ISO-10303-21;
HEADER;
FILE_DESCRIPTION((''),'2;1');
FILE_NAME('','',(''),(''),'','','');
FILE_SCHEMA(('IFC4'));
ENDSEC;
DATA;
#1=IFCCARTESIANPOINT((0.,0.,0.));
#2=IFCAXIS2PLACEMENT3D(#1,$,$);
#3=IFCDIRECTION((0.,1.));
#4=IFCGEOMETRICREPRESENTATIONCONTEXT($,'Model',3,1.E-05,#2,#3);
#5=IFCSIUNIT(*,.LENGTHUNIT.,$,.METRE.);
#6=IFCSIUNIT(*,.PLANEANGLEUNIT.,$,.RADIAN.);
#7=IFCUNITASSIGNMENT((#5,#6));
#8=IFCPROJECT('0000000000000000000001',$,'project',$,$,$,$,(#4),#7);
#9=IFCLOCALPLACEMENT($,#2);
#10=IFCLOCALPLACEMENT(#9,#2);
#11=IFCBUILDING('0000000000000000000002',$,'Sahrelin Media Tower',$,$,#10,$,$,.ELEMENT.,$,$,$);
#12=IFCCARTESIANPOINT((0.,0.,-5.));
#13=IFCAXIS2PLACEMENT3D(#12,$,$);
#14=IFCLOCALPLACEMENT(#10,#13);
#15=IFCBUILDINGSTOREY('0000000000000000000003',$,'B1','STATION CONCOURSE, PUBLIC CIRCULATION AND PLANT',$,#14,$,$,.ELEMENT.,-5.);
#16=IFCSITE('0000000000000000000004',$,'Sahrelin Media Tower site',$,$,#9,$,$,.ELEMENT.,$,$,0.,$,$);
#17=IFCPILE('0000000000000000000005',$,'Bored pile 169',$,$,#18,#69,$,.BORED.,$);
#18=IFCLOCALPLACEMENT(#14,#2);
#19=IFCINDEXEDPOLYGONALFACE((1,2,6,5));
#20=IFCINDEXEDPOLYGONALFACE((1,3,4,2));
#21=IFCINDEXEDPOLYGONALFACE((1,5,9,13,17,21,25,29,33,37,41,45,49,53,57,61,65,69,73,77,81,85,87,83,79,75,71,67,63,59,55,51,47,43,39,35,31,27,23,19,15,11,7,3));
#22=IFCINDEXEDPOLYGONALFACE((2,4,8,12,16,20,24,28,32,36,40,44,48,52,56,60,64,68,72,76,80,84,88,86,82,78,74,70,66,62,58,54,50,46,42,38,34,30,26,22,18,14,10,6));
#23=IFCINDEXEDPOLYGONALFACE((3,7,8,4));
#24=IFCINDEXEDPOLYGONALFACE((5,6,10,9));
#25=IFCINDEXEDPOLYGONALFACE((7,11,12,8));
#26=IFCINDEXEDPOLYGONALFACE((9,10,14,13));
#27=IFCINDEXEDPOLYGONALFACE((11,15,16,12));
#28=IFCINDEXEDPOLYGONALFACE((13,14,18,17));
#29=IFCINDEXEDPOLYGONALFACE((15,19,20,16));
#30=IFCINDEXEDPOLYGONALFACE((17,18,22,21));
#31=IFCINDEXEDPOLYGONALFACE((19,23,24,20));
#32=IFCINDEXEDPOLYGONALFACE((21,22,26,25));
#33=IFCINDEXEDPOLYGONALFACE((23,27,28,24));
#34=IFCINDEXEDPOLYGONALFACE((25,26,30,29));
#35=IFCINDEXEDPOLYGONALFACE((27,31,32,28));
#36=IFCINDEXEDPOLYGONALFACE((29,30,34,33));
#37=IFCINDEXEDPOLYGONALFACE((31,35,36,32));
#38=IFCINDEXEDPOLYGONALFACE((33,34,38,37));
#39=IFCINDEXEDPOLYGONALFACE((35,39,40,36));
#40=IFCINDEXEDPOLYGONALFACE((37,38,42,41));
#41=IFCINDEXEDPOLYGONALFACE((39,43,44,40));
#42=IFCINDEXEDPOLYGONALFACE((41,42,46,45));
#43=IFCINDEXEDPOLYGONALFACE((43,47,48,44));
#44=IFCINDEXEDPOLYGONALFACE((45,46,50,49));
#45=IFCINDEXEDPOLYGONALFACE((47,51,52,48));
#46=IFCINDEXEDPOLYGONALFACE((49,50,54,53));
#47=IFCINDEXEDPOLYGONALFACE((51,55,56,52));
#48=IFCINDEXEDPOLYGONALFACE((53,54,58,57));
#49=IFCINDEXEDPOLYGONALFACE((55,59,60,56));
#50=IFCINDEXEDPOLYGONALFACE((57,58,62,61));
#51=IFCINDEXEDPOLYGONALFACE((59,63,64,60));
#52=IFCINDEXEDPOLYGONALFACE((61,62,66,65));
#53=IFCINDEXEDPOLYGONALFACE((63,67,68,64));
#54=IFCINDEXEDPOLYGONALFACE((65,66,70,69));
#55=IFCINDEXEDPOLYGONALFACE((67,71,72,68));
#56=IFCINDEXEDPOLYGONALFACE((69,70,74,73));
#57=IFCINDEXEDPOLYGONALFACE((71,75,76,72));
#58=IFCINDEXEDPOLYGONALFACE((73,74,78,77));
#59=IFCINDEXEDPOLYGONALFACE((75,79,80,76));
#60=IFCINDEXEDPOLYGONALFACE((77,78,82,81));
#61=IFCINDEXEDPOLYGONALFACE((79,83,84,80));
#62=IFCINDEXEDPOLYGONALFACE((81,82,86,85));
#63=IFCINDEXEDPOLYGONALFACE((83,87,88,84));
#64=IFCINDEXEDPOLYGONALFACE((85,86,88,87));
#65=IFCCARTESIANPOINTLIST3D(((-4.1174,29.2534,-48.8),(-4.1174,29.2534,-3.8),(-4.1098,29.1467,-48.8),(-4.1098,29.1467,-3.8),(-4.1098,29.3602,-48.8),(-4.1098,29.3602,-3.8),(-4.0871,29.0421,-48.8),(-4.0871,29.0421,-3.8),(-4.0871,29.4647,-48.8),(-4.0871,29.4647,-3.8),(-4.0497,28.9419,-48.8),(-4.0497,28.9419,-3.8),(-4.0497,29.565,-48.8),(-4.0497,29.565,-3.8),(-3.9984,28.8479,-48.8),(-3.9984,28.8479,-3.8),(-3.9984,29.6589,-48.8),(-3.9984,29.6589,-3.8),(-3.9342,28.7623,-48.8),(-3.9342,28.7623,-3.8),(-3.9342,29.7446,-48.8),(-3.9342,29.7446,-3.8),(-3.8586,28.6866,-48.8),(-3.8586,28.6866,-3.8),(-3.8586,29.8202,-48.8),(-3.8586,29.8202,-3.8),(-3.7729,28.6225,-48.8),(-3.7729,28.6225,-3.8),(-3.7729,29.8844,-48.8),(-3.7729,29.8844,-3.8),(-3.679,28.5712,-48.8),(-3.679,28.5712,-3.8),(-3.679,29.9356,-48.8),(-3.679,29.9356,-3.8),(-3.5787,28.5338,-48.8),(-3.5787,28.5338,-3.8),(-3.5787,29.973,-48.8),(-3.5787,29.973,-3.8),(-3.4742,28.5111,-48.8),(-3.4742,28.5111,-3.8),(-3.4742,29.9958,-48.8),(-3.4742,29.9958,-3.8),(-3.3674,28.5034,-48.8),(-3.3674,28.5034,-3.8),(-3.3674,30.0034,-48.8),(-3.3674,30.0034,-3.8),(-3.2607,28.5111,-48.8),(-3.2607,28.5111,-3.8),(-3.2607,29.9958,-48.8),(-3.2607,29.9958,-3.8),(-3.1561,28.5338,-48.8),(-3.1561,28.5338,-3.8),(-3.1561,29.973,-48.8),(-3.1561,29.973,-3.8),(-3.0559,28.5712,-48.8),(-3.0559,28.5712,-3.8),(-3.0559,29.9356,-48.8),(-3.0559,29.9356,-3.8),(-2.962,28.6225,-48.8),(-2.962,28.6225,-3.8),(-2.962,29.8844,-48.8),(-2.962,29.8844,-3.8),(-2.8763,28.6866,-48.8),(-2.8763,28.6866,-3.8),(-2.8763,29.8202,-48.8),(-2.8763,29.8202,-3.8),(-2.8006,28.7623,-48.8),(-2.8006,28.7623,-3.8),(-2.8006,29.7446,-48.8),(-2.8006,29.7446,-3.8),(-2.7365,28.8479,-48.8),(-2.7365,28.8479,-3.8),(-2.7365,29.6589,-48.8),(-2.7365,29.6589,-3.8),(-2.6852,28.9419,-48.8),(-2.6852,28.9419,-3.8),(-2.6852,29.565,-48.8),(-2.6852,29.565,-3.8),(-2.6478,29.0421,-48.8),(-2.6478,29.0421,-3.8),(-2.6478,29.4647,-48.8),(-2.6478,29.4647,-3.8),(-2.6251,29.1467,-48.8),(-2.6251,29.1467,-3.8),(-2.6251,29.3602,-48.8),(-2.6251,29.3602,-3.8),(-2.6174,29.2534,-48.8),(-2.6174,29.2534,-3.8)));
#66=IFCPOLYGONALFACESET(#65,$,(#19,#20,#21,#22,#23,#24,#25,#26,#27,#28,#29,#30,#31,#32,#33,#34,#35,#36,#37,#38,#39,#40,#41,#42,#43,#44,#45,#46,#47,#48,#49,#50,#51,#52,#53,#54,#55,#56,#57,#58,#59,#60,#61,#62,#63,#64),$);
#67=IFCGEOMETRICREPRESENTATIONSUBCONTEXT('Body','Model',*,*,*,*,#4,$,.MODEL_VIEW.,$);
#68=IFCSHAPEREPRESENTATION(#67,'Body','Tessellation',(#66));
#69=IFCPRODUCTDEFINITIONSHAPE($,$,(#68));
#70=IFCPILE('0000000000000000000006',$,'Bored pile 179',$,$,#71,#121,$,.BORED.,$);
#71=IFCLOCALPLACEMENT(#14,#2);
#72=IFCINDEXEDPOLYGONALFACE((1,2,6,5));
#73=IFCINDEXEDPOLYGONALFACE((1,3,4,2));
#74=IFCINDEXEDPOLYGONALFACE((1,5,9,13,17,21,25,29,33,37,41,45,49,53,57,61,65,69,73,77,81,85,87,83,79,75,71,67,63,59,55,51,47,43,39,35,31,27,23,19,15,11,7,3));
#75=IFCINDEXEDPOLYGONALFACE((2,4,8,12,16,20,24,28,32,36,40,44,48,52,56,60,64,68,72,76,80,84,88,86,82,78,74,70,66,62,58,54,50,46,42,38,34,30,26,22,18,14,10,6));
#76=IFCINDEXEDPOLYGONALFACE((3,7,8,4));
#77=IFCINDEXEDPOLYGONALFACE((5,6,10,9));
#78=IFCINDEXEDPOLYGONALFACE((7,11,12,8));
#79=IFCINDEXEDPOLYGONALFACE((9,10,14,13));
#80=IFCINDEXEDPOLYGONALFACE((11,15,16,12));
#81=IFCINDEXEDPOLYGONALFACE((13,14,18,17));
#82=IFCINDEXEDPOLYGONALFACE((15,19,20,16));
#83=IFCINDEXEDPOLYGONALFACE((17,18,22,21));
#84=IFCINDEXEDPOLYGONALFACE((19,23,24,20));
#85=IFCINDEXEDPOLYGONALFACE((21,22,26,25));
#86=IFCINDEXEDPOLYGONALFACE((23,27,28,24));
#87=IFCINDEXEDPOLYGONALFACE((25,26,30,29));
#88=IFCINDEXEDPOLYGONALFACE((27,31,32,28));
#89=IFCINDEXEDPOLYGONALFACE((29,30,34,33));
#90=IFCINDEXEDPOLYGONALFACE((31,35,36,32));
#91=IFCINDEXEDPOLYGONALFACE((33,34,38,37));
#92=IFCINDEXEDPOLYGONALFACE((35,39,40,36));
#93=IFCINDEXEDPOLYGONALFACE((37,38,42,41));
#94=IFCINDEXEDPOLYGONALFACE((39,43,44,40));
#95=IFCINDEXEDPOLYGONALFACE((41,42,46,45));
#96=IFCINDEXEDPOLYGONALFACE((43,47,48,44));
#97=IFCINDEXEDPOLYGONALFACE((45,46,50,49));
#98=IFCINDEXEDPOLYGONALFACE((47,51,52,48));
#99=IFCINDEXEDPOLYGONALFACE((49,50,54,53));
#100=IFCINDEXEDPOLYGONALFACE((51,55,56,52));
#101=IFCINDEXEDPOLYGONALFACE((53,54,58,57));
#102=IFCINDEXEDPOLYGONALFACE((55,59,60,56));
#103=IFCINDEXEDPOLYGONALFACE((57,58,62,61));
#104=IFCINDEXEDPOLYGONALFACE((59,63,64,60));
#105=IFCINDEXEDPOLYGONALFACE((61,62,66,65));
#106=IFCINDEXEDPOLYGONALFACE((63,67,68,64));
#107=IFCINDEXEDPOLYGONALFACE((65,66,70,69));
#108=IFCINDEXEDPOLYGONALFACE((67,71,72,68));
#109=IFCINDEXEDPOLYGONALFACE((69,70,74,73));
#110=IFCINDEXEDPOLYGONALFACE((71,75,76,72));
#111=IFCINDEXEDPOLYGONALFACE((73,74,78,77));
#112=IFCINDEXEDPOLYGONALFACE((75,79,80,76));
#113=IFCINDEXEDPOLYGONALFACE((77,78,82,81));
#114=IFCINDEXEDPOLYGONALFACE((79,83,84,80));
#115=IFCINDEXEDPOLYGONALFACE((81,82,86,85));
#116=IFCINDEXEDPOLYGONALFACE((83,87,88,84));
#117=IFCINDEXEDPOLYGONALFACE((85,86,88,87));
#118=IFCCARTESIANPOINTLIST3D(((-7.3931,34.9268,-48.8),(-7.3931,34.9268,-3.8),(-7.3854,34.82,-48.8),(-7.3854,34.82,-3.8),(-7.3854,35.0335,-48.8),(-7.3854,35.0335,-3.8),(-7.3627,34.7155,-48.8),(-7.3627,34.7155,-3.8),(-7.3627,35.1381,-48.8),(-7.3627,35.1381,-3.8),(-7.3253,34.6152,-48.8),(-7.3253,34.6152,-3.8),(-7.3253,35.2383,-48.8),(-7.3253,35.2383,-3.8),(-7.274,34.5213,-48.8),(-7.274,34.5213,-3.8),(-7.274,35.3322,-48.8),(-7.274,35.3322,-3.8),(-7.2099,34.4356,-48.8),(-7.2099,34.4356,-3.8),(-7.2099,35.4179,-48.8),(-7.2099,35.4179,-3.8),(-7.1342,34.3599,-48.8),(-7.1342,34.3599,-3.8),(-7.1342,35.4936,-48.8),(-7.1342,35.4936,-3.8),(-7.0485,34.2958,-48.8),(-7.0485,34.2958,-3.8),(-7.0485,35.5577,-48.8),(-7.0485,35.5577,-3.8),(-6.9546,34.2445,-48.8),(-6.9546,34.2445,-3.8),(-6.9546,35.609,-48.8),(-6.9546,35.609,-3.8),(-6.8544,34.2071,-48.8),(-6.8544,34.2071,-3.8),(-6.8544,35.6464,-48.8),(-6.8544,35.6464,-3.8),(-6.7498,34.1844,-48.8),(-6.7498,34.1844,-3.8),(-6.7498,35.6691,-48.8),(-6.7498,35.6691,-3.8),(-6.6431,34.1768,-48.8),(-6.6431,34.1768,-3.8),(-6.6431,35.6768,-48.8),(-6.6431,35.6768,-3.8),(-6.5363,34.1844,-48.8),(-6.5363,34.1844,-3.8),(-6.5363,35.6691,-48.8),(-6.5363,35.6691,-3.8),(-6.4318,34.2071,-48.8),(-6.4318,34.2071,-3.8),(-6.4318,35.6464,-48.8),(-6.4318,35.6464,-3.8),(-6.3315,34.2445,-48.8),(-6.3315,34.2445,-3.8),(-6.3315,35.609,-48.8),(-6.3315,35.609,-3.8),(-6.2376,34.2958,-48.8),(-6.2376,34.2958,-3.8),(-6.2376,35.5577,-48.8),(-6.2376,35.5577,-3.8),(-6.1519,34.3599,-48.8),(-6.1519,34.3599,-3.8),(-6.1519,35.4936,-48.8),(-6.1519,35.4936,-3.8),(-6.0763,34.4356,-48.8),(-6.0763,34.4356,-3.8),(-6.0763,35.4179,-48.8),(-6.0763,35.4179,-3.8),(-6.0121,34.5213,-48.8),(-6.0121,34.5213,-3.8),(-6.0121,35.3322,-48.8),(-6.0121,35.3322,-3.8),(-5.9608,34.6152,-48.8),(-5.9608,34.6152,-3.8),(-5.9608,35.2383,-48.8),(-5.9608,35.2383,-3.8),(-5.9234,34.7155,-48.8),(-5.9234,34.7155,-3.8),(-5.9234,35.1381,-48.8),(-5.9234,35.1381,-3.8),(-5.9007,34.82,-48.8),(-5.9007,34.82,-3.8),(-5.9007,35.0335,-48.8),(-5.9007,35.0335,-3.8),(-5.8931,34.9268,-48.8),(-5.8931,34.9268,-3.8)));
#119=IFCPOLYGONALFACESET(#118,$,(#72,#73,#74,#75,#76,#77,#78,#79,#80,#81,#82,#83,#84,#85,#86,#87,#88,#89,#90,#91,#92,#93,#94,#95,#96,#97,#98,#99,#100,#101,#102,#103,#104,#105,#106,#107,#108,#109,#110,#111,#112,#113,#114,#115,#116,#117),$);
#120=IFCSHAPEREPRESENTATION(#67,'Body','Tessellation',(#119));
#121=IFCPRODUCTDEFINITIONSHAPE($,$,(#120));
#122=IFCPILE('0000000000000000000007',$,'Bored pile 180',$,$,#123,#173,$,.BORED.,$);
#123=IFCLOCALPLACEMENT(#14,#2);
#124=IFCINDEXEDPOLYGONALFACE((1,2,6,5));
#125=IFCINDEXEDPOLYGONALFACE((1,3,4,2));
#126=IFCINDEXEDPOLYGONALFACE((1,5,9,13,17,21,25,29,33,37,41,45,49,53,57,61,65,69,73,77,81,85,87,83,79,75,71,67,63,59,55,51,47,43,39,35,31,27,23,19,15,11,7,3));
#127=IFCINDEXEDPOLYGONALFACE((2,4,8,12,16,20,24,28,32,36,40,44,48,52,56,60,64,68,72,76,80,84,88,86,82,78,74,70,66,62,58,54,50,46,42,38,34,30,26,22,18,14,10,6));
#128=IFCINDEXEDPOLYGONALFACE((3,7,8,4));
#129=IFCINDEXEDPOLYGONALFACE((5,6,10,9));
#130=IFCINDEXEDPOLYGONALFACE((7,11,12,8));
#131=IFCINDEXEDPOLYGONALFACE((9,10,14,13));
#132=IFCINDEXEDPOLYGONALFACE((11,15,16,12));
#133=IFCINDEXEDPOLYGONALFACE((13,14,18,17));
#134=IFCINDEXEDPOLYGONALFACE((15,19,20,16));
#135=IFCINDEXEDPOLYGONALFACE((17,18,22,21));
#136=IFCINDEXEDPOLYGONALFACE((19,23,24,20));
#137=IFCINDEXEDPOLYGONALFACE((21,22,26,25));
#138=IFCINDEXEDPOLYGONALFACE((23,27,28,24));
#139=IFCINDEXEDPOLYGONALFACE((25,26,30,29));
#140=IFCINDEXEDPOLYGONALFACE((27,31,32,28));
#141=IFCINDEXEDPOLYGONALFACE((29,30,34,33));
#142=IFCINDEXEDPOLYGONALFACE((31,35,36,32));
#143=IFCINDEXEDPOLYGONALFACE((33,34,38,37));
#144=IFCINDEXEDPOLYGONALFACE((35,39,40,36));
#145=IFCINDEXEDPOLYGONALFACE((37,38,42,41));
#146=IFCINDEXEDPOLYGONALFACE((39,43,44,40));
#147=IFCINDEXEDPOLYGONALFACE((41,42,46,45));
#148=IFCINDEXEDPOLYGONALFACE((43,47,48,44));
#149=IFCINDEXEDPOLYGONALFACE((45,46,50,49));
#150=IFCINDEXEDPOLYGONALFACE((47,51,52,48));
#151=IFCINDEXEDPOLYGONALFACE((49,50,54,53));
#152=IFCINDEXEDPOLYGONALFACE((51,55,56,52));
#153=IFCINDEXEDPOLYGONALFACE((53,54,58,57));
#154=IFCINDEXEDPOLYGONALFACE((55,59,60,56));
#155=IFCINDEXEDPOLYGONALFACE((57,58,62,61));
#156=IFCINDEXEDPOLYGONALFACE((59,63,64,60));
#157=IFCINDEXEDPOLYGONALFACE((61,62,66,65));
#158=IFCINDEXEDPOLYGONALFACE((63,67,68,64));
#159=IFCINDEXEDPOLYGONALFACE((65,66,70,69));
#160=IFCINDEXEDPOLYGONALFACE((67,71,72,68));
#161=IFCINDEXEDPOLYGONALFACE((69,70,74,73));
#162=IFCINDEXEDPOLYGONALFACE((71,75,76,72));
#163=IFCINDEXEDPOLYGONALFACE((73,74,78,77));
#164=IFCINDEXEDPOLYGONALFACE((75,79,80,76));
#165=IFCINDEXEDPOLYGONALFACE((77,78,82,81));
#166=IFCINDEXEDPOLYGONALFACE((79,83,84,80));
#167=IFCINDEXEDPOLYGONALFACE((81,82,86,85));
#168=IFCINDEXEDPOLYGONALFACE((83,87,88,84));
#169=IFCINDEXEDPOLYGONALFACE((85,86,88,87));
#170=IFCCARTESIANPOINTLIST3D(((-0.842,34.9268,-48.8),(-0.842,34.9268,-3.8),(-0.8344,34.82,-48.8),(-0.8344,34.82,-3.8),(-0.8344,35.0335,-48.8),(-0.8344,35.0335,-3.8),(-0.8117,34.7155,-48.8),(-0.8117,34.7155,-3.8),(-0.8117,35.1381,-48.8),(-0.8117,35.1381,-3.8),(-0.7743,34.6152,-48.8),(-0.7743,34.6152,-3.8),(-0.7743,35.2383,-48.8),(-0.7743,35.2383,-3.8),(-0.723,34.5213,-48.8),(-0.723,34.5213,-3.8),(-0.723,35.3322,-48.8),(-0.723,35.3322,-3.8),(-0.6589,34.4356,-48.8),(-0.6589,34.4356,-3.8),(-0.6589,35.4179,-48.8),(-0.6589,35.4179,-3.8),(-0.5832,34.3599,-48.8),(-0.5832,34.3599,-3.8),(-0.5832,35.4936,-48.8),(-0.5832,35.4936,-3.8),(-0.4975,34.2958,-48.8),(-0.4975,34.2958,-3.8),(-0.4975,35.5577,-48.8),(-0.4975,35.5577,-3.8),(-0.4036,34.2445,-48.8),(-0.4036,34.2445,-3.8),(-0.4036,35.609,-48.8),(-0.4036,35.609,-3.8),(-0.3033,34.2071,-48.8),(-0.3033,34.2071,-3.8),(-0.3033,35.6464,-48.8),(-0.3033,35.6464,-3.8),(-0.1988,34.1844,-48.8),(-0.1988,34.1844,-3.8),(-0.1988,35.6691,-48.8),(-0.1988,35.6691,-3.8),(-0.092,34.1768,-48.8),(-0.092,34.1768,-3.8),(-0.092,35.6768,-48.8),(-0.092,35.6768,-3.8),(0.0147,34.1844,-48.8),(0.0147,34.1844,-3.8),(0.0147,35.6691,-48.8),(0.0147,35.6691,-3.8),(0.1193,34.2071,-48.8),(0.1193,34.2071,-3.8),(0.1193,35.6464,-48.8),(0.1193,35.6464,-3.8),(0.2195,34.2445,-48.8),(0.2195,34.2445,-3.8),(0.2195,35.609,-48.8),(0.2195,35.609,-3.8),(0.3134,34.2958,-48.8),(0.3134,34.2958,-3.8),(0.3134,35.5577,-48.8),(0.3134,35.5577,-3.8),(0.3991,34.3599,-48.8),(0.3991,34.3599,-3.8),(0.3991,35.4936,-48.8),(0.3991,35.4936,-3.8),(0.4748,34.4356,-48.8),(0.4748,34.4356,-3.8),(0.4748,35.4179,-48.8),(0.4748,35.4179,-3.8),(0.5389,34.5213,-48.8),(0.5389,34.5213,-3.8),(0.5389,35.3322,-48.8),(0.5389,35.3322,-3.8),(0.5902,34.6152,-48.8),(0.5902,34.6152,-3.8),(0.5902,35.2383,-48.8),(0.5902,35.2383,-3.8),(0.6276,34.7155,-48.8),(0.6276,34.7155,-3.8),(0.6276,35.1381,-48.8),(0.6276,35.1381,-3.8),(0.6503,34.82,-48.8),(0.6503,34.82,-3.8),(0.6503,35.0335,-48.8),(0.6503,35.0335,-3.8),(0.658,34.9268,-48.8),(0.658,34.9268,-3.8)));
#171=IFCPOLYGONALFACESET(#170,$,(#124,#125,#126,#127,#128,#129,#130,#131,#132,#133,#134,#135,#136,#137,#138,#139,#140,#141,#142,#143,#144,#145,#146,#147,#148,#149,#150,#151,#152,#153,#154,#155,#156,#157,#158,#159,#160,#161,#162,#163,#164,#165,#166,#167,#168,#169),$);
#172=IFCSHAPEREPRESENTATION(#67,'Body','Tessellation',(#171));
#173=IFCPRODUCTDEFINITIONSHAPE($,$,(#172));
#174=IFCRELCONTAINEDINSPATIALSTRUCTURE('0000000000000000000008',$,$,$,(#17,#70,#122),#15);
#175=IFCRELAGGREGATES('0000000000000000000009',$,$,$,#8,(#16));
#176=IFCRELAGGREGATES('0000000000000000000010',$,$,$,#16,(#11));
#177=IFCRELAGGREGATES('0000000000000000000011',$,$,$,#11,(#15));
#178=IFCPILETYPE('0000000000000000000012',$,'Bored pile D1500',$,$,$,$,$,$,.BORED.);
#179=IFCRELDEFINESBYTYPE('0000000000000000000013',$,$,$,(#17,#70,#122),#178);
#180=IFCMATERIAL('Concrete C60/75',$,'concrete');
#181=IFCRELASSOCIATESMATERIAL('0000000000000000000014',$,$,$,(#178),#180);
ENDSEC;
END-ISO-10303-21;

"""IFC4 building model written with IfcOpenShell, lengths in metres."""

from ifc_helpers import new_model, si_unit, direction, frame, origin, origin_2d, place, context, subcontext, project, spatial, circle, extrude, material, material_profile, profile_set, type_object, element, save


model = new_model("IFC4")

# Units and contexts
model_context = context("Model", 3, precision=1e-05, world=origin(), true_north=direction((0.0, 1.0)))
body_context = subcontext(model_context, "Body", "Model", "MODEL_VIEW")
ifc_project = project(units=[si_unit("LENGTHUNIT", "METRE"), si_unit("PLANEANGLEUNIT", "RADIAN")], contexts=[model_context])

# Site, building, storey
site_placement = place(None, origin())
site = spatial("IfcSite", under=ifc_project, at=site_placement, Name="Sahrelin Media Tower site", CompositionType="ELEMENT", RefElevation=0.0)
building_placement = place(site_placement, origin())
building = spatial("IfcBuilding", under=site, at=building_placement, Name="Sahrelin Media Tower", CompositionType="ELEMENT")
storey_placement = place(building_placement, frame((0.0, 0.0, -5.0)))
storey = spatial("IfcBuildingStorey", under=building, at=storey_placement, Name="B1", Description="STATION CONCOURSE, PUBLIC CIRCULATION AND PLANT", CompositionType="ELEMENT", Elevation=-5.0)

# Piles
ifc_material_1 = material(Name="Concrete C60/75", Category="concrete")
ifc_material_profile = material_profile(ifc_material_1, circle(Radius=0.75, at=origin_2d()), Name="Bored pile D1500")
ifc_profile_set = profile_set([ifc_material_profile], Name="Concrete C60/75")
pile_type = type_object("IfcPileType", Name="Bored pile D1500", PredefinedType="BORED", material=ifc_profile_set)
for number, where, z_axis, x_axis, name in (
    (1, (-3.3674, 29.2534, -3.8), (0.0, 0.0, -1.0), (1.0, 0.0, 0.0), "Bored pile 169"),
    (2, (-6.6431, 34.9268, -3.8), (0.0, 0.0, -1.0), (1.0, 0.0, 0.0), "Bored pile 179"),
    (3, (-0.092, 34.9268, -3.8), (0.0, 0.0, -1.0), (1.0, 0.0, 0.0), "Bored pile 180"),
):
    element("IfcPile", number, at=place(storey_placement, frame(where, z_axis=z_axis, x_axis=x_axis)), inside=storey, type_object=pile_type, Name=name, PredefinedType="BORED", context=body_context, shape_type="SweptSolid", body=[
        extrude(circle(Radius=0.75, at=origin_2d()), origin(), (0.0, 0.0, 1.0), 45.0),
    ])

save(model, "model.ifc")
